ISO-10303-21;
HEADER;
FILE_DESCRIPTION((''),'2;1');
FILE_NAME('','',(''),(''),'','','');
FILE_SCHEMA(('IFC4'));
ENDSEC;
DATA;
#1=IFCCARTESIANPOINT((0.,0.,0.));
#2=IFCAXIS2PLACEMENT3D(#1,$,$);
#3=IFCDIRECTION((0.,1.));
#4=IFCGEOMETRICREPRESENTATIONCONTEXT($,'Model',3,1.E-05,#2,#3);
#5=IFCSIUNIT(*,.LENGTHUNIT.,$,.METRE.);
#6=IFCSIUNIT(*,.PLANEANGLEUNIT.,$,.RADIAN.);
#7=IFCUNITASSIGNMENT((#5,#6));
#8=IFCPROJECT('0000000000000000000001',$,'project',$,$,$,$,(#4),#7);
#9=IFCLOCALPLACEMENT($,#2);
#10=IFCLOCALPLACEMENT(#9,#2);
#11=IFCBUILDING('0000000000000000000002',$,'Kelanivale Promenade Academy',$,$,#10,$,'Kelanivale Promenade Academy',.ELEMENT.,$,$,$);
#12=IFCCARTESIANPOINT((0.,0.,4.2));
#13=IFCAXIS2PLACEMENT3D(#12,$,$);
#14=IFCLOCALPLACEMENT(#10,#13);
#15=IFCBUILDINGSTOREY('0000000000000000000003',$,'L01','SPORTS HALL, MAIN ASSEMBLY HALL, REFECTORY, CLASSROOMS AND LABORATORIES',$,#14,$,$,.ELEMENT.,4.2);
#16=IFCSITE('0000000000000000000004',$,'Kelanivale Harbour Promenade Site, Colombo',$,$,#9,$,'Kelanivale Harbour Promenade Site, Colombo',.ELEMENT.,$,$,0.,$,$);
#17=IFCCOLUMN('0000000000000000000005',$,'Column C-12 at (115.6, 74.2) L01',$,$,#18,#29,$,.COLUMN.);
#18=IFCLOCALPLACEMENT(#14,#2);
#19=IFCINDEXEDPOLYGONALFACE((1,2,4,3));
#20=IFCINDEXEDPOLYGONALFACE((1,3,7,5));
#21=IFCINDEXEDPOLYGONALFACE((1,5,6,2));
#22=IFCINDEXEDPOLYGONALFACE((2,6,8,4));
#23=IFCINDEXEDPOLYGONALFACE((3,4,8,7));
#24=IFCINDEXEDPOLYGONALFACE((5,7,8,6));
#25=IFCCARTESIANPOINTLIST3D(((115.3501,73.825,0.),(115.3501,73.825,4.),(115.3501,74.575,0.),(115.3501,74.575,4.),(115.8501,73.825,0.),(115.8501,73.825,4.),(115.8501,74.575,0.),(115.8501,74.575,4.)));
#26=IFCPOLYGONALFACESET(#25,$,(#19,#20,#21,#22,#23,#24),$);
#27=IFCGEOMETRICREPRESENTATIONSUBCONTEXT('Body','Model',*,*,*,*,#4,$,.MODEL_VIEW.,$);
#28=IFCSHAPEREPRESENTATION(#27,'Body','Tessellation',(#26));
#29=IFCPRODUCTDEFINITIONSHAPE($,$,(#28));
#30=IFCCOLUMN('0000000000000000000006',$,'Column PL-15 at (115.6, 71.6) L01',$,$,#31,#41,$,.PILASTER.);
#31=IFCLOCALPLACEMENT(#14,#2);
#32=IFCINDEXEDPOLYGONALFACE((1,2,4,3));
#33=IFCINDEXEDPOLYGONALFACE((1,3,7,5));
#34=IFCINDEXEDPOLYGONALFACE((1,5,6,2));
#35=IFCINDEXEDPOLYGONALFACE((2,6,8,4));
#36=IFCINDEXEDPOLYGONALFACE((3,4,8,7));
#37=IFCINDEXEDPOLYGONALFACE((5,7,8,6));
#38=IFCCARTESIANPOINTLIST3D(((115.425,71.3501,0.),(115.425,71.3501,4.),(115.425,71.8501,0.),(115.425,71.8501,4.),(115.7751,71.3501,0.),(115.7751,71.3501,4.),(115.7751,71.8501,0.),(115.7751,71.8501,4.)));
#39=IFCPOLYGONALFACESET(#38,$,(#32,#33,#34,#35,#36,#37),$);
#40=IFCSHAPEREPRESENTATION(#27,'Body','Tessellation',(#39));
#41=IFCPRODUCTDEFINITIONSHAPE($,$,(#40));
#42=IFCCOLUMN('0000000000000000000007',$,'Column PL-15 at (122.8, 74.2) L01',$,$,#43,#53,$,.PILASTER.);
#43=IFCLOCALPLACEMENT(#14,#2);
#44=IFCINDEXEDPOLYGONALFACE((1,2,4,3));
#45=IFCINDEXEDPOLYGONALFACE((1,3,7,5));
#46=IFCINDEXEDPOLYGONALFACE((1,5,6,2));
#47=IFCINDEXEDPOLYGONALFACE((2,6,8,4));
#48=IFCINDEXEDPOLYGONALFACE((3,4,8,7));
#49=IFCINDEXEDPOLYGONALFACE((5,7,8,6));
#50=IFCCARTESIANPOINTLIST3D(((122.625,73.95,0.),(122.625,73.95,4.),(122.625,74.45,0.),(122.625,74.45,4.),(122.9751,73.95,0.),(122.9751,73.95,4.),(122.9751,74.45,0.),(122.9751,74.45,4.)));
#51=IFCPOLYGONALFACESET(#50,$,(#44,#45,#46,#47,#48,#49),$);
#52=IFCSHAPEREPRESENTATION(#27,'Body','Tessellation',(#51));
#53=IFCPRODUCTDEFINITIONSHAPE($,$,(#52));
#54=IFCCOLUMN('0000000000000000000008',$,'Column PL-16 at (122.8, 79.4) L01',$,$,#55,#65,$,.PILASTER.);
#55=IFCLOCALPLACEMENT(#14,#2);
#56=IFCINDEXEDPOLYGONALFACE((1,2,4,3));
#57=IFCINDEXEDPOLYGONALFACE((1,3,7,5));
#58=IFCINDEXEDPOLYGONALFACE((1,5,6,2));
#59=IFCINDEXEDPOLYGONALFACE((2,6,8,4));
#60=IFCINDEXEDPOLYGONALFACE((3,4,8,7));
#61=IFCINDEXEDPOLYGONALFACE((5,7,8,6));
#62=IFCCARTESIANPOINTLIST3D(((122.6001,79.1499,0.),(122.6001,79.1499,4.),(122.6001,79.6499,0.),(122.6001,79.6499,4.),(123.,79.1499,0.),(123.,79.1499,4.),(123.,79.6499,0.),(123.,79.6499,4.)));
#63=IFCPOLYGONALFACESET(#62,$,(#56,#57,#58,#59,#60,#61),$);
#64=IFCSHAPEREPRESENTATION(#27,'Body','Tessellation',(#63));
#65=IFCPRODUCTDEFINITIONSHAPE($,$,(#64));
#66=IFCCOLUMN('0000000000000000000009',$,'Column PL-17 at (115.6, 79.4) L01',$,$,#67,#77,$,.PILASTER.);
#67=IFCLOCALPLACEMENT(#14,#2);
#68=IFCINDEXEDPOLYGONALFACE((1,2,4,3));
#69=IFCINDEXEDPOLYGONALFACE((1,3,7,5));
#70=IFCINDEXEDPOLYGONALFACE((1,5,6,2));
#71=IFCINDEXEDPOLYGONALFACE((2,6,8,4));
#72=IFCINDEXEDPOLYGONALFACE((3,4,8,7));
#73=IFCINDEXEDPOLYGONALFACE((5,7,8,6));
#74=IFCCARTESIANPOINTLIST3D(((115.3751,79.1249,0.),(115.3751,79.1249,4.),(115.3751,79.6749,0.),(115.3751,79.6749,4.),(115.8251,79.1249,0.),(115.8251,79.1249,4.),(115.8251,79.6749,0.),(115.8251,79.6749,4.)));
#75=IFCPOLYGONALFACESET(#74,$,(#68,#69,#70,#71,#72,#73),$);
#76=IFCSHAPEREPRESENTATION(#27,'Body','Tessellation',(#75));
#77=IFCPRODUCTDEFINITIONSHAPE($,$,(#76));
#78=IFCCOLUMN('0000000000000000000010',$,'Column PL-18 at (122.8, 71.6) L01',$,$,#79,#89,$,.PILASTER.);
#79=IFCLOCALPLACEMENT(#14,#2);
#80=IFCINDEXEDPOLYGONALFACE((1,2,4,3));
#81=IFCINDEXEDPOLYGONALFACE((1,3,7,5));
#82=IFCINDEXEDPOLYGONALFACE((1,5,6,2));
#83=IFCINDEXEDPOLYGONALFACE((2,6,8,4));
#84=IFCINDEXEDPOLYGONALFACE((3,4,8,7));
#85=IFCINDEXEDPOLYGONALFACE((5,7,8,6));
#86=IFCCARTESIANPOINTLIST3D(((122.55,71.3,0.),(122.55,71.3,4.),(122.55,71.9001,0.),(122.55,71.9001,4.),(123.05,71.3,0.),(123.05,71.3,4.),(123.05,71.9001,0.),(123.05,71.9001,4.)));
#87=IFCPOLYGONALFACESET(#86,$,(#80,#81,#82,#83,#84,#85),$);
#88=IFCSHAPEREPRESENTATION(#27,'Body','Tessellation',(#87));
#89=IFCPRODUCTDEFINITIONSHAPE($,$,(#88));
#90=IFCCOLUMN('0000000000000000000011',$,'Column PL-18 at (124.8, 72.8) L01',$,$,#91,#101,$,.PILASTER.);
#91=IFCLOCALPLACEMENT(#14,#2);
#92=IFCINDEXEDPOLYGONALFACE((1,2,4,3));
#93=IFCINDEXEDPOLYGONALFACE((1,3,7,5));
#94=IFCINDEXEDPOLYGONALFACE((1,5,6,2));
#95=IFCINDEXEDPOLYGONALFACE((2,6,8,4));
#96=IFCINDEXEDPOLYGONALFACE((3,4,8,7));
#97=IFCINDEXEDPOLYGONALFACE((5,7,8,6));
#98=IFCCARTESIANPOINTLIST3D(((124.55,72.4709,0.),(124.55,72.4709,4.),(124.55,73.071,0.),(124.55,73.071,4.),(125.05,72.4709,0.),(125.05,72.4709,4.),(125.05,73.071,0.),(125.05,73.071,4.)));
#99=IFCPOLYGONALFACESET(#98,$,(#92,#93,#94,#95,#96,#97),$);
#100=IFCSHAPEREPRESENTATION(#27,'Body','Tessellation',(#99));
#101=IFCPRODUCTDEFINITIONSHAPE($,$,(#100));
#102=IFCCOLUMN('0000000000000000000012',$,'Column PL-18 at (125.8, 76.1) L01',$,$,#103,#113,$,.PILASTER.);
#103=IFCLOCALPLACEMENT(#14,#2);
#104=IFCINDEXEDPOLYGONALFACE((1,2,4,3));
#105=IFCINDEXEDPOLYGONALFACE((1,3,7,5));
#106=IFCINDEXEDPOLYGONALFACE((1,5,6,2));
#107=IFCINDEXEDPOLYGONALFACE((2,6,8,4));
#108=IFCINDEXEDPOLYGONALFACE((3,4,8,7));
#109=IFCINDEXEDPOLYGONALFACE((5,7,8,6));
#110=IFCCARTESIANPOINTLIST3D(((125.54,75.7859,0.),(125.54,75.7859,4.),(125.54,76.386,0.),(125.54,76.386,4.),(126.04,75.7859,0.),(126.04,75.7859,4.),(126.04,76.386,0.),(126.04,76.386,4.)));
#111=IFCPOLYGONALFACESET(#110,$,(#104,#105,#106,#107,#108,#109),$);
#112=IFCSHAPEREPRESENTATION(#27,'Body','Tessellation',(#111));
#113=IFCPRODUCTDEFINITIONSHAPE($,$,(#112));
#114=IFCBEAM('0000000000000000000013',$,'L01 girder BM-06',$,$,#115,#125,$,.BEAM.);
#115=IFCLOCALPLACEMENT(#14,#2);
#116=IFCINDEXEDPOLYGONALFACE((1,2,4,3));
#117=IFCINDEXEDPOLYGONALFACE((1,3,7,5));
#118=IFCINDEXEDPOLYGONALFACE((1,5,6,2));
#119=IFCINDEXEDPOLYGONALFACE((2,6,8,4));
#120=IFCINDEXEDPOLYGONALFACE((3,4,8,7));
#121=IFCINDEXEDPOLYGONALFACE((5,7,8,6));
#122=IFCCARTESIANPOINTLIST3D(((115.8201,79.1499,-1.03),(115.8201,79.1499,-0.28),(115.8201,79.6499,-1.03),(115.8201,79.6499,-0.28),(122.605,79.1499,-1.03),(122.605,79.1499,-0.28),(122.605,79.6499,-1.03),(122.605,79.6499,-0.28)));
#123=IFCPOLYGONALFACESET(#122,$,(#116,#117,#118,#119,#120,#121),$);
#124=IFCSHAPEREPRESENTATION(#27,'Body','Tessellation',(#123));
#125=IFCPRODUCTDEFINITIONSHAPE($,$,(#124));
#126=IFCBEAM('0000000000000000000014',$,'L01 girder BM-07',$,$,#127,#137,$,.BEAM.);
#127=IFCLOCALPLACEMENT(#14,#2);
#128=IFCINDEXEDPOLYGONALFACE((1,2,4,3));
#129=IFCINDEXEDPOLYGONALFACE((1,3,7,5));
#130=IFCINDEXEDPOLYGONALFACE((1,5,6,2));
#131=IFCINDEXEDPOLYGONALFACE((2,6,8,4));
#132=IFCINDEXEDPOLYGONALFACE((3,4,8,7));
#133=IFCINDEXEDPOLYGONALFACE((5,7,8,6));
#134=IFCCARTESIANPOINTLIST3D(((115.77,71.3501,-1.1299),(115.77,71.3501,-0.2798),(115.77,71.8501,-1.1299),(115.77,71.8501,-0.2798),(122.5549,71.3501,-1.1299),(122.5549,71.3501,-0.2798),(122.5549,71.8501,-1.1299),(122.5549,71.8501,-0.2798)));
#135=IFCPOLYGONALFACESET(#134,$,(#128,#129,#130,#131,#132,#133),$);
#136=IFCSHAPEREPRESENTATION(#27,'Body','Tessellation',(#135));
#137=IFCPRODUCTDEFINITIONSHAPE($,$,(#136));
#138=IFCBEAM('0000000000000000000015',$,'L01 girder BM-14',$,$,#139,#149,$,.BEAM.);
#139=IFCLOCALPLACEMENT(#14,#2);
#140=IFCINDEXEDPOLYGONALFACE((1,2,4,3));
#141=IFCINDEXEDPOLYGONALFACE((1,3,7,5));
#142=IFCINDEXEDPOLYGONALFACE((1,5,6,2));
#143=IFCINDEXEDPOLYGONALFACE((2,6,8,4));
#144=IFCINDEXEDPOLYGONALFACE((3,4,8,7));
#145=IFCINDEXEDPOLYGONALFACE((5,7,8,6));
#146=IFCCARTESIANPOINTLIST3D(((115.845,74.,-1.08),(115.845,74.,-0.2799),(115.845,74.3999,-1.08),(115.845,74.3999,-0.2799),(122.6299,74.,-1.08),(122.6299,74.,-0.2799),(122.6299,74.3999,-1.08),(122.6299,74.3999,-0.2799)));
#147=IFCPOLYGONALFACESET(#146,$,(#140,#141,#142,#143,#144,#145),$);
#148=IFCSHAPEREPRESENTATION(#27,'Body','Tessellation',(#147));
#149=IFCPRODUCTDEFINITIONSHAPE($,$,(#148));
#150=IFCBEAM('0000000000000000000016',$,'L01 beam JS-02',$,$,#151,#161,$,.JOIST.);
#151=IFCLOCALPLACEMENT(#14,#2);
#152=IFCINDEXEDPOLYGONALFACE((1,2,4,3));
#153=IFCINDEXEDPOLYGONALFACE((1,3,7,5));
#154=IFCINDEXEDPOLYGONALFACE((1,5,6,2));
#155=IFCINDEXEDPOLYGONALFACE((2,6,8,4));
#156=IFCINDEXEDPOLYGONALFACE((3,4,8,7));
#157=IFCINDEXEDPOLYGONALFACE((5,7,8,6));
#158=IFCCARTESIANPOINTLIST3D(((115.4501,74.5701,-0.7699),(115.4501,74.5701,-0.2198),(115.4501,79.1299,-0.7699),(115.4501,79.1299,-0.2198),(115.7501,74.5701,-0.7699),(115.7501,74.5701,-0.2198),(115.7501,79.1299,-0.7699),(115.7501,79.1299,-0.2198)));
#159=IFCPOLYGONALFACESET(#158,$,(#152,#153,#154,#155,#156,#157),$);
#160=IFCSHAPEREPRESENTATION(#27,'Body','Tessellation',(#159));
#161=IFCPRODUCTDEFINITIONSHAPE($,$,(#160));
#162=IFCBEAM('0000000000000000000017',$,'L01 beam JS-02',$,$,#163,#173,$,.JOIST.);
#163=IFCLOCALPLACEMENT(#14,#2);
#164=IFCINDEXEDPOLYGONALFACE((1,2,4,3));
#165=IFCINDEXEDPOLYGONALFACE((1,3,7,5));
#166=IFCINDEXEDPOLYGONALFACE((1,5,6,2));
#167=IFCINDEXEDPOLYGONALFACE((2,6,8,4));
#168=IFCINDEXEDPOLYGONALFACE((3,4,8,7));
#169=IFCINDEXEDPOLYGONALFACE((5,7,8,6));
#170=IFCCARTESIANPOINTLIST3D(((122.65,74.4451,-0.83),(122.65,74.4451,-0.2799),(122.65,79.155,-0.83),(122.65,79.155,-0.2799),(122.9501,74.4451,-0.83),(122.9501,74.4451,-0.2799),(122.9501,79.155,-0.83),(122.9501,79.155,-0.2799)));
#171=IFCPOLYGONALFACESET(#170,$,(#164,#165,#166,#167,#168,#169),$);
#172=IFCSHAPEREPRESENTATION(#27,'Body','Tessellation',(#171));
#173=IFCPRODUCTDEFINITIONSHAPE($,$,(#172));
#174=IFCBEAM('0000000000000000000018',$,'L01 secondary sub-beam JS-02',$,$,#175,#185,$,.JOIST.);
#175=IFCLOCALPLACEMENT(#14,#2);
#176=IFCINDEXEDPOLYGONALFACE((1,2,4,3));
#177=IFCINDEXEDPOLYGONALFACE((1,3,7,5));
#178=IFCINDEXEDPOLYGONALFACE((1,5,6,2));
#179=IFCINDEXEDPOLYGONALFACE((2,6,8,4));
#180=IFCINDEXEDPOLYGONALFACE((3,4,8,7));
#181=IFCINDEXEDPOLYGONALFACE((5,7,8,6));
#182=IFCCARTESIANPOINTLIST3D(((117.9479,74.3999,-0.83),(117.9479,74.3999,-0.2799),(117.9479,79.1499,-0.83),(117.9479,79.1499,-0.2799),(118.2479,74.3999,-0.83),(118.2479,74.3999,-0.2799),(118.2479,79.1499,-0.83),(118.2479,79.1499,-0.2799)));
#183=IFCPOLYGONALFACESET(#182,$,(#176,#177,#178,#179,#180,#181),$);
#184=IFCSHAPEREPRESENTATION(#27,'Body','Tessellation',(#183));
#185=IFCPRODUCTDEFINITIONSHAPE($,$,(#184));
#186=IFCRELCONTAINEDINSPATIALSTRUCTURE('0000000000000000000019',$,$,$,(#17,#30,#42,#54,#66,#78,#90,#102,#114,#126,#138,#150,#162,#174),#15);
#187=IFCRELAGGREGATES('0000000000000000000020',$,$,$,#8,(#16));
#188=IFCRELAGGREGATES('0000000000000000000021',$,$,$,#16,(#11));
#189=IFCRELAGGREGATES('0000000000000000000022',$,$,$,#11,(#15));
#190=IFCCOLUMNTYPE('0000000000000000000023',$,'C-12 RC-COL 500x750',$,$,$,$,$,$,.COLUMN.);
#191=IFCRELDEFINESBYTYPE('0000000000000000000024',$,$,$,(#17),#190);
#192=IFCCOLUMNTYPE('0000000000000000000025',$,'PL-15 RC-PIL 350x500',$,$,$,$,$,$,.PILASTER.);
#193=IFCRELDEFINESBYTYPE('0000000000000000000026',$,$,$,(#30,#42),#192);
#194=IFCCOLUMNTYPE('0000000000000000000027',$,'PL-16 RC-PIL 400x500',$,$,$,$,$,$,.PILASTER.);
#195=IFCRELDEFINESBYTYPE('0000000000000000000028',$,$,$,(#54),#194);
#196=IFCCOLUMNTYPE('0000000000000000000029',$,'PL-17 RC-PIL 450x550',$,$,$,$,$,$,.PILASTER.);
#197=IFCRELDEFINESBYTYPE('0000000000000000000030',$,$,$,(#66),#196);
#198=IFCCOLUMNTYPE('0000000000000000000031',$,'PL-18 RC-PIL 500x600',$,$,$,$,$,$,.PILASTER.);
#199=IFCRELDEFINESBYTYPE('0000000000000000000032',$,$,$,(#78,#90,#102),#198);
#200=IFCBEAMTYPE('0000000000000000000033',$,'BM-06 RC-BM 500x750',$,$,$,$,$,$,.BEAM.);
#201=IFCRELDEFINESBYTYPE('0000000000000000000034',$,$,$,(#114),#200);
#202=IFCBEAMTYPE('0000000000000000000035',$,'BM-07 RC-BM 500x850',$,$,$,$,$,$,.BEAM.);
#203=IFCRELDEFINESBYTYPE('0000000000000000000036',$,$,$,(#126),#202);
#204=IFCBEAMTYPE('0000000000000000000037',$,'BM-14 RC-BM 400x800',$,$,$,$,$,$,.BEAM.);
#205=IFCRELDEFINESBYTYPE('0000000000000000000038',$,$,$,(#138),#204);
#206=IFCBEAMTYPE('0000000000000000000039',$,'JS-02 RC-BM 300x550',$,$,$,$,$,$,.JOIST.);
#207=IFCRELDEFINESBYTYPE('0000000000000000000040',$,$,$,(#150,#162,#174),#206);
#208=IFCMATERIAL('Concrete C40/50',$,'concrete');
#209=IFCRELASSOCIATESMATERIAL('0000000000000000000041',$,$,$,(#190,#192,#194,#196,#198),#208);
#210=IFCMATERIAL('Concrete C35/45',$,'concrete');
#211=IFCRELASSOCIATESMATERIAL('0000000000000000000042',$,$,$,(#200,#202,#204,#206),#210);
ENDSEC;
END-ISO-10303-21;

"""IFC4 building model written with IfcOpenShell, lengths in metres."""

from ifc_helpers import new_model, si_unit, direction, frame, origin, origin_2d, place, context, subcontext, project, spatial, rectangle, extrude, material, material_profile, profile_set, type_object, element, save


model = new_model("IFC4")

# Units and contexts
model_context = context("Model", 3, precision=1e-05, world=origin(), true_north=direction((0.0, 1.0)))
body_context = subcontext(model_context, "Body", "Model", "MODEL_VIEW")
ifc_project = project(units=[si_unit("LENGTHUNIT", "METRE"), si_unit("PLANEANGLEUNIT", "RADIAN")], contexts=[model_context])

# Site, building, storey
site_placement = place(None, origin())
site = spatial("IfcSite", under=ifc_project, at=site_placement, Name="Kelanivale Harbour Promenade Site, Colombo", LongName="Kelanivale Harbour Promenade Site, Colombo", CompositionType="ELEMENT", RefElevation=0.0)
building_placement = place(site_placement, origin())
building = spatial("IfcBuilding", under=site, at=building_placement, Name="Kelanivale Promenade Academy", LongName="Kelanivale Promenade Academy", CompositionType="ELEMENT")
storey_placement = place(building_placement, frame((0.0, 0.0, 4.2)))
storey = spatial("IfcBuildingStorey", under=building, at=storey_placement, Name="L01", Description="SPORTS HALL, MAIN ASSEMBLY HALL, REFECTORY, CLASSROOMS AND LABORATORIES", CompositionType="ELEMENT", Elevation=4.2)

# Columns
ifc_material_1 = material(Name="Concrete C40/50", Category="concrete")
ifc_material_profile_1 = material_profile(ifc_material_1, rectangle(XDim=0.5, YDim=0.75, at=origin_2d()), Name="RC-COL 500x750")
ifc_profile_set_1 = profile_set([ifc_material_profile_1], Name="Concrete C40/50")
column_type_1 = type_object("IfcColumnType", Name="C-12 RC-COL 500x750", PredefinedType="COLUMN", material=ifc_profile_set_1)
column_1_placement = place(storey_placement, frame((115.6001, 74.2, 0.0), z_axis=(0.0, 0.0, 1.0), x_axis=(1.0, 0.0, 0.0)))
element("IfcColumn", 1, at=column_1_placement, inside=storey, type_object=column_type_1, Name="Column C-12 at (115.6, 74.2) L01", PredefinedType="COLUMN", context=body_context, shape_type="SweptSolid", body=[
    extrude(rectangle(XDim=0.5, YDim=0.75, at=origin_2d()), origin(), (0.0, 0.0, 1.0), 4.0),
])
ifc_material_profile_2 = material_profile(ifc_material_1, rectangle(XDim=0.3501, YDim=0.5, at=origin_2d()), Name="RC-PIL 350x500")
ifc_profile_set_2 = profile_set([ifc_material_profile_2], Name="Concrete C40/50")
column_type_2 = type_object("IfcColumnType", Name="PL-15 RC-PIL 350x500", PredefinedType="PILASTER", material=ifc_profile_set_2)
for number, where, z_axis, x_axis, name in (
    (2, (115.6001, 71.6001, 0.0), (0.0, 0.0, 1.0), (1.0, 0.0, 0.0), "Column PL-15 at (115.6, 71.6) L01"),
    (3, (122.8, 74.2, 0.0), (0.0, 0.0, 1.0), (1.0, 0.0, 0.0), "Column PL-15 at (122.8, 74.2) L01"),
):
    element("IfcColumn", number, at=place(storey_placement, frame(where, z_axis=z_axis, x_axis=x_axis)), inside=storey, type_object=column_type_2, Name=name, PredefinedType="PILASTER", context=body_context, shape_type="SweptSolid", body=[
        extrude(rectangle(XDim=0.3501, YDim=0.5, at=origin_2d()), origin(), (0.0, 0.0, 1.0), 4.0),
    ])
ifc_material_profile_3 = material_profile(ifc_material_1, rectangle(XDim=0.3999, YDim=0.5, at=origin_2d()), Name="RC-PIL 400x500")
ifc_profile_set_3 = profile_set([ifc_material_profile_3], Name="Concrete C40/50")
column_type_3 = type_object("IfcColumnType", Name="PL-16 RC-PIL 400x500", PredefinedType="PILASTER", material=ifc_profile_set_3)
column_2_placement = place(storey_placement, frame((122.8, 79.3999, 0.0), z_axis=(0.0, 0.0, 1.0), x_axis=(1.0, 0.0, 0.0)))
element("IfcColumn", 4, at=column_2_placement, inside=storey, type_object=column_type_3, Name="Column PL-16 at (122.8, 79.4) L01", PredefinedType="PILASTER", context=body_context, shape_type="SweptSolid", body=[
    extrude(rectangle(XDim=0.3999, YDim=0.5, at=origin_2d()), origin(), (0.0, 0.0, 1.0), 4.0),
])
ifc_material_profile_4 = material_profile(ifc_material_1, rectangle(XDim=0.45, YDim=0.55, at=origin_2d()), Name="RC-PIL 450x550")
ifc_profile_set_4 = profile_set([ifc_material_profile_4], Name="Concrete C40/50")
column_type_4 = type_object("IfcColumnType", Name="PL-17 RC-PIL 450x550", PredefinedType="PILASTER", material=ifc_profile_set_4)
column_3_placement = place(storey_placement, frame((115.6001, 79.3999, 0.0), z_axis=(0.0, 0.0, 1.0), x_axis=(1.0, 0.0, 0.0)))
element("IfcColumn", 5, at=column_3_placement, inside=storey, type_object=column_type_4, Name="Column PL-17 at (115.6, 79.4) L01", PredefinedType="PILASTER", context=body_context, shape_type="SweptSolid", body=[
    extrude(rectangle(XDim=0.45, YDim=0.55, at=origin_2d()), origin(), (0.0, 0.0, 1.0), 4.0),
])
ifc_material_profile_5 = material_profile(ifc_material_1, rectangle(XDim=0.5, YDim=0.6001, at=origin_2d()), Name="RC-PIL 500x600")
ifc_profile_set_5 = profile_set([ifc_material_profile_5], Name="Concrete C40/50")
column_type_5 = type_object("IfcColumnType", Name="PL-18 RC-PIL 500x600", PredefinedType="PILASTER", material=ifc_profile_set_5)
for number, where, z_axis, x_axis, name in (
    (6, (122.8, 71.6001, 0.0), (0.0, 0.0, 1.0), (1.0, 0.0, 0.0), "Column PL-18 at (122.8, 71.6) L01"),
    (7, (124.8, 72.771, 0.0), (0.0, 0.0, 1.0), (1.0, 0.0, 0.0), "Column PL-18 at (124.8, 72.8) L01"),
    (8, (125.79, 76.0859, 0.0), (0.0, 0.0, 1.0), (1.0, 0.0, 0.0), "Column PL-18 at (125.8, 76.1) L01"),
):
    element("IfcColumn", number, at=place(storey_placement, frame(where, z_axis=z_axis, x_axis=x_axis)), inside=storey, type_object=column_type_5, Name=name, PredefinedType="PILASTER", context=body_context, shape_type="SweptSolid", body=[
        extrude(rectangle(XDim=0.5, YDim=0.6001, at=origin_2d()), origin(), (0.0, 0.0, 1.0), 4.0),
    ])

# Beams
ifc_material_2 = material(Name="Concrete C35/45", Category="concrete")
ifc_material_profile_6 = material_profile(ifc_material_2, rectangle(XDim=0.5, YDim=0.75, at=origin_2d()), Name="RC-BM 500x750")
ifc_profile_set_6 = profile_set([ifc_material_profile_6], Name="Concrete C35/45")
beam_type_1 = type_object("IfcBeamType", Name="BM-06 RC-BM 500x750", PredefinedType="BEAM", material=ifc_profile_set_6)
beam_1_placement = place(storey_placement, frame((115.8201, 79.3999, -0.655), z_axis=(1.0, 0.0, 0.0), x_axis=(0.0, 1.0, 0.0)))
element("IfcBeam", 9, at=beam_1_placement, inside=storey, type_object=beam_type_1, Name="L01 girder BM-06", PredefinedType="BEAM", context=body_context, shape_type="SweptSolid", body=[
    extrude(rectangle(XDim=0.5, YDim=0.75, at=origin_2d()), origin(), (0.0, 0.0, 1.0), 6.7849),
])
ifc_material_profile_7 = material_profile(ifc_material_2, rectangle(XDim=0.5, YDim=0.8501, at=origin_2d()), Name="RC-BM 500x850")
ifc_profile_set_7 = profile_set([ifc_material_profile_7], Name="Concrete C35/45")
beam_type_2 = type_object("IfcBeamType", Name="BM-07 RC-BM 500x850", PredefinedType="BEAM", material=ifc_profile_set_7)
beam_2_placement = place(storey_placement, frame((115.77, 71.6001, -0.7048), z_axis=(1.0, 0.0, 0.0), x_axis=(0.0, 1.0, 0.0)))
element("IfcBeam", 10, at=beam_2_placement, inside=storey, type_object=beam_type_2, Name="L01 girder BM-07", PredefinedType="BEAM", context=body_context, shape_type="SweptSolid", body=[
    extrude(rectangle(XDim=0.5, YDim=0.8501, at=origin_2d()), origin(), (0.0, 0.0, 1.0), 6.7849),
])
ifc_material_profile_8 = material_profile(ifc_material_2, rectangle(XDim=0.3999, YDim=0.8, at=origin_2d()), Name="RC-BM 400x800")
ifc_profile_set_8 = profile_set([ifc_material_profile_8], Name="Concrete C35/45")
beam_type_3 = type_object("IfcBeamType", Name="BM-14 RC-BM 400x800", PredefinedType="BEAM", material=ifc_profile_set_8)
beam_3_placement = place(storey_placement, frame((115.845, 74.2, -0.6799), z_axis=(1.0, 0.0, 0.0), x_axis=(0.0, 1.0, 0.0)))
element("IfcBeam", 11, at=beam_3_placement, inside=storey, type_object=beam_type_3, Name="L01 girder BM-14", PredefinedType="BEAM", context=body_context, shape_type="SweptSolid", body=[
    extrude(rectangle(XDim=0.3999, YDim=0.8, at=origin_2d()), origin(), (0.0, 0.0, 1.0), 6.7849),
])
ifc_material_profile_9 = material_profile(ifc_material_2, rectangle(XDim=0.3, YDim=0.55, at=origin_2d()), Name="RC-BM 300x550")
ifc_profile_set_9 = profile_set([ifc_material_profile_9], Name="Concrete C35/45")
beam_type_4 = type_object("IfcBeamType", Name="JS-02 RC-BM 300x550", PredefinedType="JOIST", material=ifc_profile_set_9)
beam_4_placement = place(storey_placement, frame((115.6001, 74.5701, -0.4949), z_axis=(0.0, 1.0, 0.0), x_axis=(-1.0, 0.0, 0.0)))
element("IfcBeam", 12, at=beam_4_placement, inside=storey, type_object=beam_type_4, Name="L01 beam JS-02", PredefinedType="JOIST", context=body_context, shape_type="SweptSolid", body=[
    extrude(rectangle(XDim=0.3, YDim=0.55, at=origin_2d()), origin(), (0.0, 0.0, 1.0), 4.5598),
])
beam_5_placement = place(storey_placement, frame((122.8, 74.4451, -0.5549), z_axis=(0.0, 1.0, 0.0), x_axis=(-1.0, 0.0, 0.0)))
element("IfcBeam", 13, at=beam_5_placement, inside=storey, type_object=beam_type_4, Name="L01 beam JS-02", PredefinedType="JOIST", context=body_context, shape_type="SweptSolid", body=[
    extrude(rectangle(XDim=0.3, YDim=0.55, at=origin_2d()), origin(), (0.0, 0.0, 1.0), 4.71),
])
beam_6_placement = place(storey_placement, frame((118.0979, 74.3999, -0.5549), z_axis=(0.0, 1.0, 0.0), x_axis=(-1.0, 0.0, 0.0)))
element("IfcBeam", 14, at=beam_6_placement, inside=storey, type_object=beam_type_4, Name="L01 secondary sub-beam JS-02", PredefinedType="JOIST", context=body_context, shape_type="SweptSolid", body=[
    extrude(rectangle(XDim=0.3, YDim=0.55, at=origin_2d()), origin(), (0.0, 0.0, 1.0), 4.75),
])

save(model, "model.ifc")
